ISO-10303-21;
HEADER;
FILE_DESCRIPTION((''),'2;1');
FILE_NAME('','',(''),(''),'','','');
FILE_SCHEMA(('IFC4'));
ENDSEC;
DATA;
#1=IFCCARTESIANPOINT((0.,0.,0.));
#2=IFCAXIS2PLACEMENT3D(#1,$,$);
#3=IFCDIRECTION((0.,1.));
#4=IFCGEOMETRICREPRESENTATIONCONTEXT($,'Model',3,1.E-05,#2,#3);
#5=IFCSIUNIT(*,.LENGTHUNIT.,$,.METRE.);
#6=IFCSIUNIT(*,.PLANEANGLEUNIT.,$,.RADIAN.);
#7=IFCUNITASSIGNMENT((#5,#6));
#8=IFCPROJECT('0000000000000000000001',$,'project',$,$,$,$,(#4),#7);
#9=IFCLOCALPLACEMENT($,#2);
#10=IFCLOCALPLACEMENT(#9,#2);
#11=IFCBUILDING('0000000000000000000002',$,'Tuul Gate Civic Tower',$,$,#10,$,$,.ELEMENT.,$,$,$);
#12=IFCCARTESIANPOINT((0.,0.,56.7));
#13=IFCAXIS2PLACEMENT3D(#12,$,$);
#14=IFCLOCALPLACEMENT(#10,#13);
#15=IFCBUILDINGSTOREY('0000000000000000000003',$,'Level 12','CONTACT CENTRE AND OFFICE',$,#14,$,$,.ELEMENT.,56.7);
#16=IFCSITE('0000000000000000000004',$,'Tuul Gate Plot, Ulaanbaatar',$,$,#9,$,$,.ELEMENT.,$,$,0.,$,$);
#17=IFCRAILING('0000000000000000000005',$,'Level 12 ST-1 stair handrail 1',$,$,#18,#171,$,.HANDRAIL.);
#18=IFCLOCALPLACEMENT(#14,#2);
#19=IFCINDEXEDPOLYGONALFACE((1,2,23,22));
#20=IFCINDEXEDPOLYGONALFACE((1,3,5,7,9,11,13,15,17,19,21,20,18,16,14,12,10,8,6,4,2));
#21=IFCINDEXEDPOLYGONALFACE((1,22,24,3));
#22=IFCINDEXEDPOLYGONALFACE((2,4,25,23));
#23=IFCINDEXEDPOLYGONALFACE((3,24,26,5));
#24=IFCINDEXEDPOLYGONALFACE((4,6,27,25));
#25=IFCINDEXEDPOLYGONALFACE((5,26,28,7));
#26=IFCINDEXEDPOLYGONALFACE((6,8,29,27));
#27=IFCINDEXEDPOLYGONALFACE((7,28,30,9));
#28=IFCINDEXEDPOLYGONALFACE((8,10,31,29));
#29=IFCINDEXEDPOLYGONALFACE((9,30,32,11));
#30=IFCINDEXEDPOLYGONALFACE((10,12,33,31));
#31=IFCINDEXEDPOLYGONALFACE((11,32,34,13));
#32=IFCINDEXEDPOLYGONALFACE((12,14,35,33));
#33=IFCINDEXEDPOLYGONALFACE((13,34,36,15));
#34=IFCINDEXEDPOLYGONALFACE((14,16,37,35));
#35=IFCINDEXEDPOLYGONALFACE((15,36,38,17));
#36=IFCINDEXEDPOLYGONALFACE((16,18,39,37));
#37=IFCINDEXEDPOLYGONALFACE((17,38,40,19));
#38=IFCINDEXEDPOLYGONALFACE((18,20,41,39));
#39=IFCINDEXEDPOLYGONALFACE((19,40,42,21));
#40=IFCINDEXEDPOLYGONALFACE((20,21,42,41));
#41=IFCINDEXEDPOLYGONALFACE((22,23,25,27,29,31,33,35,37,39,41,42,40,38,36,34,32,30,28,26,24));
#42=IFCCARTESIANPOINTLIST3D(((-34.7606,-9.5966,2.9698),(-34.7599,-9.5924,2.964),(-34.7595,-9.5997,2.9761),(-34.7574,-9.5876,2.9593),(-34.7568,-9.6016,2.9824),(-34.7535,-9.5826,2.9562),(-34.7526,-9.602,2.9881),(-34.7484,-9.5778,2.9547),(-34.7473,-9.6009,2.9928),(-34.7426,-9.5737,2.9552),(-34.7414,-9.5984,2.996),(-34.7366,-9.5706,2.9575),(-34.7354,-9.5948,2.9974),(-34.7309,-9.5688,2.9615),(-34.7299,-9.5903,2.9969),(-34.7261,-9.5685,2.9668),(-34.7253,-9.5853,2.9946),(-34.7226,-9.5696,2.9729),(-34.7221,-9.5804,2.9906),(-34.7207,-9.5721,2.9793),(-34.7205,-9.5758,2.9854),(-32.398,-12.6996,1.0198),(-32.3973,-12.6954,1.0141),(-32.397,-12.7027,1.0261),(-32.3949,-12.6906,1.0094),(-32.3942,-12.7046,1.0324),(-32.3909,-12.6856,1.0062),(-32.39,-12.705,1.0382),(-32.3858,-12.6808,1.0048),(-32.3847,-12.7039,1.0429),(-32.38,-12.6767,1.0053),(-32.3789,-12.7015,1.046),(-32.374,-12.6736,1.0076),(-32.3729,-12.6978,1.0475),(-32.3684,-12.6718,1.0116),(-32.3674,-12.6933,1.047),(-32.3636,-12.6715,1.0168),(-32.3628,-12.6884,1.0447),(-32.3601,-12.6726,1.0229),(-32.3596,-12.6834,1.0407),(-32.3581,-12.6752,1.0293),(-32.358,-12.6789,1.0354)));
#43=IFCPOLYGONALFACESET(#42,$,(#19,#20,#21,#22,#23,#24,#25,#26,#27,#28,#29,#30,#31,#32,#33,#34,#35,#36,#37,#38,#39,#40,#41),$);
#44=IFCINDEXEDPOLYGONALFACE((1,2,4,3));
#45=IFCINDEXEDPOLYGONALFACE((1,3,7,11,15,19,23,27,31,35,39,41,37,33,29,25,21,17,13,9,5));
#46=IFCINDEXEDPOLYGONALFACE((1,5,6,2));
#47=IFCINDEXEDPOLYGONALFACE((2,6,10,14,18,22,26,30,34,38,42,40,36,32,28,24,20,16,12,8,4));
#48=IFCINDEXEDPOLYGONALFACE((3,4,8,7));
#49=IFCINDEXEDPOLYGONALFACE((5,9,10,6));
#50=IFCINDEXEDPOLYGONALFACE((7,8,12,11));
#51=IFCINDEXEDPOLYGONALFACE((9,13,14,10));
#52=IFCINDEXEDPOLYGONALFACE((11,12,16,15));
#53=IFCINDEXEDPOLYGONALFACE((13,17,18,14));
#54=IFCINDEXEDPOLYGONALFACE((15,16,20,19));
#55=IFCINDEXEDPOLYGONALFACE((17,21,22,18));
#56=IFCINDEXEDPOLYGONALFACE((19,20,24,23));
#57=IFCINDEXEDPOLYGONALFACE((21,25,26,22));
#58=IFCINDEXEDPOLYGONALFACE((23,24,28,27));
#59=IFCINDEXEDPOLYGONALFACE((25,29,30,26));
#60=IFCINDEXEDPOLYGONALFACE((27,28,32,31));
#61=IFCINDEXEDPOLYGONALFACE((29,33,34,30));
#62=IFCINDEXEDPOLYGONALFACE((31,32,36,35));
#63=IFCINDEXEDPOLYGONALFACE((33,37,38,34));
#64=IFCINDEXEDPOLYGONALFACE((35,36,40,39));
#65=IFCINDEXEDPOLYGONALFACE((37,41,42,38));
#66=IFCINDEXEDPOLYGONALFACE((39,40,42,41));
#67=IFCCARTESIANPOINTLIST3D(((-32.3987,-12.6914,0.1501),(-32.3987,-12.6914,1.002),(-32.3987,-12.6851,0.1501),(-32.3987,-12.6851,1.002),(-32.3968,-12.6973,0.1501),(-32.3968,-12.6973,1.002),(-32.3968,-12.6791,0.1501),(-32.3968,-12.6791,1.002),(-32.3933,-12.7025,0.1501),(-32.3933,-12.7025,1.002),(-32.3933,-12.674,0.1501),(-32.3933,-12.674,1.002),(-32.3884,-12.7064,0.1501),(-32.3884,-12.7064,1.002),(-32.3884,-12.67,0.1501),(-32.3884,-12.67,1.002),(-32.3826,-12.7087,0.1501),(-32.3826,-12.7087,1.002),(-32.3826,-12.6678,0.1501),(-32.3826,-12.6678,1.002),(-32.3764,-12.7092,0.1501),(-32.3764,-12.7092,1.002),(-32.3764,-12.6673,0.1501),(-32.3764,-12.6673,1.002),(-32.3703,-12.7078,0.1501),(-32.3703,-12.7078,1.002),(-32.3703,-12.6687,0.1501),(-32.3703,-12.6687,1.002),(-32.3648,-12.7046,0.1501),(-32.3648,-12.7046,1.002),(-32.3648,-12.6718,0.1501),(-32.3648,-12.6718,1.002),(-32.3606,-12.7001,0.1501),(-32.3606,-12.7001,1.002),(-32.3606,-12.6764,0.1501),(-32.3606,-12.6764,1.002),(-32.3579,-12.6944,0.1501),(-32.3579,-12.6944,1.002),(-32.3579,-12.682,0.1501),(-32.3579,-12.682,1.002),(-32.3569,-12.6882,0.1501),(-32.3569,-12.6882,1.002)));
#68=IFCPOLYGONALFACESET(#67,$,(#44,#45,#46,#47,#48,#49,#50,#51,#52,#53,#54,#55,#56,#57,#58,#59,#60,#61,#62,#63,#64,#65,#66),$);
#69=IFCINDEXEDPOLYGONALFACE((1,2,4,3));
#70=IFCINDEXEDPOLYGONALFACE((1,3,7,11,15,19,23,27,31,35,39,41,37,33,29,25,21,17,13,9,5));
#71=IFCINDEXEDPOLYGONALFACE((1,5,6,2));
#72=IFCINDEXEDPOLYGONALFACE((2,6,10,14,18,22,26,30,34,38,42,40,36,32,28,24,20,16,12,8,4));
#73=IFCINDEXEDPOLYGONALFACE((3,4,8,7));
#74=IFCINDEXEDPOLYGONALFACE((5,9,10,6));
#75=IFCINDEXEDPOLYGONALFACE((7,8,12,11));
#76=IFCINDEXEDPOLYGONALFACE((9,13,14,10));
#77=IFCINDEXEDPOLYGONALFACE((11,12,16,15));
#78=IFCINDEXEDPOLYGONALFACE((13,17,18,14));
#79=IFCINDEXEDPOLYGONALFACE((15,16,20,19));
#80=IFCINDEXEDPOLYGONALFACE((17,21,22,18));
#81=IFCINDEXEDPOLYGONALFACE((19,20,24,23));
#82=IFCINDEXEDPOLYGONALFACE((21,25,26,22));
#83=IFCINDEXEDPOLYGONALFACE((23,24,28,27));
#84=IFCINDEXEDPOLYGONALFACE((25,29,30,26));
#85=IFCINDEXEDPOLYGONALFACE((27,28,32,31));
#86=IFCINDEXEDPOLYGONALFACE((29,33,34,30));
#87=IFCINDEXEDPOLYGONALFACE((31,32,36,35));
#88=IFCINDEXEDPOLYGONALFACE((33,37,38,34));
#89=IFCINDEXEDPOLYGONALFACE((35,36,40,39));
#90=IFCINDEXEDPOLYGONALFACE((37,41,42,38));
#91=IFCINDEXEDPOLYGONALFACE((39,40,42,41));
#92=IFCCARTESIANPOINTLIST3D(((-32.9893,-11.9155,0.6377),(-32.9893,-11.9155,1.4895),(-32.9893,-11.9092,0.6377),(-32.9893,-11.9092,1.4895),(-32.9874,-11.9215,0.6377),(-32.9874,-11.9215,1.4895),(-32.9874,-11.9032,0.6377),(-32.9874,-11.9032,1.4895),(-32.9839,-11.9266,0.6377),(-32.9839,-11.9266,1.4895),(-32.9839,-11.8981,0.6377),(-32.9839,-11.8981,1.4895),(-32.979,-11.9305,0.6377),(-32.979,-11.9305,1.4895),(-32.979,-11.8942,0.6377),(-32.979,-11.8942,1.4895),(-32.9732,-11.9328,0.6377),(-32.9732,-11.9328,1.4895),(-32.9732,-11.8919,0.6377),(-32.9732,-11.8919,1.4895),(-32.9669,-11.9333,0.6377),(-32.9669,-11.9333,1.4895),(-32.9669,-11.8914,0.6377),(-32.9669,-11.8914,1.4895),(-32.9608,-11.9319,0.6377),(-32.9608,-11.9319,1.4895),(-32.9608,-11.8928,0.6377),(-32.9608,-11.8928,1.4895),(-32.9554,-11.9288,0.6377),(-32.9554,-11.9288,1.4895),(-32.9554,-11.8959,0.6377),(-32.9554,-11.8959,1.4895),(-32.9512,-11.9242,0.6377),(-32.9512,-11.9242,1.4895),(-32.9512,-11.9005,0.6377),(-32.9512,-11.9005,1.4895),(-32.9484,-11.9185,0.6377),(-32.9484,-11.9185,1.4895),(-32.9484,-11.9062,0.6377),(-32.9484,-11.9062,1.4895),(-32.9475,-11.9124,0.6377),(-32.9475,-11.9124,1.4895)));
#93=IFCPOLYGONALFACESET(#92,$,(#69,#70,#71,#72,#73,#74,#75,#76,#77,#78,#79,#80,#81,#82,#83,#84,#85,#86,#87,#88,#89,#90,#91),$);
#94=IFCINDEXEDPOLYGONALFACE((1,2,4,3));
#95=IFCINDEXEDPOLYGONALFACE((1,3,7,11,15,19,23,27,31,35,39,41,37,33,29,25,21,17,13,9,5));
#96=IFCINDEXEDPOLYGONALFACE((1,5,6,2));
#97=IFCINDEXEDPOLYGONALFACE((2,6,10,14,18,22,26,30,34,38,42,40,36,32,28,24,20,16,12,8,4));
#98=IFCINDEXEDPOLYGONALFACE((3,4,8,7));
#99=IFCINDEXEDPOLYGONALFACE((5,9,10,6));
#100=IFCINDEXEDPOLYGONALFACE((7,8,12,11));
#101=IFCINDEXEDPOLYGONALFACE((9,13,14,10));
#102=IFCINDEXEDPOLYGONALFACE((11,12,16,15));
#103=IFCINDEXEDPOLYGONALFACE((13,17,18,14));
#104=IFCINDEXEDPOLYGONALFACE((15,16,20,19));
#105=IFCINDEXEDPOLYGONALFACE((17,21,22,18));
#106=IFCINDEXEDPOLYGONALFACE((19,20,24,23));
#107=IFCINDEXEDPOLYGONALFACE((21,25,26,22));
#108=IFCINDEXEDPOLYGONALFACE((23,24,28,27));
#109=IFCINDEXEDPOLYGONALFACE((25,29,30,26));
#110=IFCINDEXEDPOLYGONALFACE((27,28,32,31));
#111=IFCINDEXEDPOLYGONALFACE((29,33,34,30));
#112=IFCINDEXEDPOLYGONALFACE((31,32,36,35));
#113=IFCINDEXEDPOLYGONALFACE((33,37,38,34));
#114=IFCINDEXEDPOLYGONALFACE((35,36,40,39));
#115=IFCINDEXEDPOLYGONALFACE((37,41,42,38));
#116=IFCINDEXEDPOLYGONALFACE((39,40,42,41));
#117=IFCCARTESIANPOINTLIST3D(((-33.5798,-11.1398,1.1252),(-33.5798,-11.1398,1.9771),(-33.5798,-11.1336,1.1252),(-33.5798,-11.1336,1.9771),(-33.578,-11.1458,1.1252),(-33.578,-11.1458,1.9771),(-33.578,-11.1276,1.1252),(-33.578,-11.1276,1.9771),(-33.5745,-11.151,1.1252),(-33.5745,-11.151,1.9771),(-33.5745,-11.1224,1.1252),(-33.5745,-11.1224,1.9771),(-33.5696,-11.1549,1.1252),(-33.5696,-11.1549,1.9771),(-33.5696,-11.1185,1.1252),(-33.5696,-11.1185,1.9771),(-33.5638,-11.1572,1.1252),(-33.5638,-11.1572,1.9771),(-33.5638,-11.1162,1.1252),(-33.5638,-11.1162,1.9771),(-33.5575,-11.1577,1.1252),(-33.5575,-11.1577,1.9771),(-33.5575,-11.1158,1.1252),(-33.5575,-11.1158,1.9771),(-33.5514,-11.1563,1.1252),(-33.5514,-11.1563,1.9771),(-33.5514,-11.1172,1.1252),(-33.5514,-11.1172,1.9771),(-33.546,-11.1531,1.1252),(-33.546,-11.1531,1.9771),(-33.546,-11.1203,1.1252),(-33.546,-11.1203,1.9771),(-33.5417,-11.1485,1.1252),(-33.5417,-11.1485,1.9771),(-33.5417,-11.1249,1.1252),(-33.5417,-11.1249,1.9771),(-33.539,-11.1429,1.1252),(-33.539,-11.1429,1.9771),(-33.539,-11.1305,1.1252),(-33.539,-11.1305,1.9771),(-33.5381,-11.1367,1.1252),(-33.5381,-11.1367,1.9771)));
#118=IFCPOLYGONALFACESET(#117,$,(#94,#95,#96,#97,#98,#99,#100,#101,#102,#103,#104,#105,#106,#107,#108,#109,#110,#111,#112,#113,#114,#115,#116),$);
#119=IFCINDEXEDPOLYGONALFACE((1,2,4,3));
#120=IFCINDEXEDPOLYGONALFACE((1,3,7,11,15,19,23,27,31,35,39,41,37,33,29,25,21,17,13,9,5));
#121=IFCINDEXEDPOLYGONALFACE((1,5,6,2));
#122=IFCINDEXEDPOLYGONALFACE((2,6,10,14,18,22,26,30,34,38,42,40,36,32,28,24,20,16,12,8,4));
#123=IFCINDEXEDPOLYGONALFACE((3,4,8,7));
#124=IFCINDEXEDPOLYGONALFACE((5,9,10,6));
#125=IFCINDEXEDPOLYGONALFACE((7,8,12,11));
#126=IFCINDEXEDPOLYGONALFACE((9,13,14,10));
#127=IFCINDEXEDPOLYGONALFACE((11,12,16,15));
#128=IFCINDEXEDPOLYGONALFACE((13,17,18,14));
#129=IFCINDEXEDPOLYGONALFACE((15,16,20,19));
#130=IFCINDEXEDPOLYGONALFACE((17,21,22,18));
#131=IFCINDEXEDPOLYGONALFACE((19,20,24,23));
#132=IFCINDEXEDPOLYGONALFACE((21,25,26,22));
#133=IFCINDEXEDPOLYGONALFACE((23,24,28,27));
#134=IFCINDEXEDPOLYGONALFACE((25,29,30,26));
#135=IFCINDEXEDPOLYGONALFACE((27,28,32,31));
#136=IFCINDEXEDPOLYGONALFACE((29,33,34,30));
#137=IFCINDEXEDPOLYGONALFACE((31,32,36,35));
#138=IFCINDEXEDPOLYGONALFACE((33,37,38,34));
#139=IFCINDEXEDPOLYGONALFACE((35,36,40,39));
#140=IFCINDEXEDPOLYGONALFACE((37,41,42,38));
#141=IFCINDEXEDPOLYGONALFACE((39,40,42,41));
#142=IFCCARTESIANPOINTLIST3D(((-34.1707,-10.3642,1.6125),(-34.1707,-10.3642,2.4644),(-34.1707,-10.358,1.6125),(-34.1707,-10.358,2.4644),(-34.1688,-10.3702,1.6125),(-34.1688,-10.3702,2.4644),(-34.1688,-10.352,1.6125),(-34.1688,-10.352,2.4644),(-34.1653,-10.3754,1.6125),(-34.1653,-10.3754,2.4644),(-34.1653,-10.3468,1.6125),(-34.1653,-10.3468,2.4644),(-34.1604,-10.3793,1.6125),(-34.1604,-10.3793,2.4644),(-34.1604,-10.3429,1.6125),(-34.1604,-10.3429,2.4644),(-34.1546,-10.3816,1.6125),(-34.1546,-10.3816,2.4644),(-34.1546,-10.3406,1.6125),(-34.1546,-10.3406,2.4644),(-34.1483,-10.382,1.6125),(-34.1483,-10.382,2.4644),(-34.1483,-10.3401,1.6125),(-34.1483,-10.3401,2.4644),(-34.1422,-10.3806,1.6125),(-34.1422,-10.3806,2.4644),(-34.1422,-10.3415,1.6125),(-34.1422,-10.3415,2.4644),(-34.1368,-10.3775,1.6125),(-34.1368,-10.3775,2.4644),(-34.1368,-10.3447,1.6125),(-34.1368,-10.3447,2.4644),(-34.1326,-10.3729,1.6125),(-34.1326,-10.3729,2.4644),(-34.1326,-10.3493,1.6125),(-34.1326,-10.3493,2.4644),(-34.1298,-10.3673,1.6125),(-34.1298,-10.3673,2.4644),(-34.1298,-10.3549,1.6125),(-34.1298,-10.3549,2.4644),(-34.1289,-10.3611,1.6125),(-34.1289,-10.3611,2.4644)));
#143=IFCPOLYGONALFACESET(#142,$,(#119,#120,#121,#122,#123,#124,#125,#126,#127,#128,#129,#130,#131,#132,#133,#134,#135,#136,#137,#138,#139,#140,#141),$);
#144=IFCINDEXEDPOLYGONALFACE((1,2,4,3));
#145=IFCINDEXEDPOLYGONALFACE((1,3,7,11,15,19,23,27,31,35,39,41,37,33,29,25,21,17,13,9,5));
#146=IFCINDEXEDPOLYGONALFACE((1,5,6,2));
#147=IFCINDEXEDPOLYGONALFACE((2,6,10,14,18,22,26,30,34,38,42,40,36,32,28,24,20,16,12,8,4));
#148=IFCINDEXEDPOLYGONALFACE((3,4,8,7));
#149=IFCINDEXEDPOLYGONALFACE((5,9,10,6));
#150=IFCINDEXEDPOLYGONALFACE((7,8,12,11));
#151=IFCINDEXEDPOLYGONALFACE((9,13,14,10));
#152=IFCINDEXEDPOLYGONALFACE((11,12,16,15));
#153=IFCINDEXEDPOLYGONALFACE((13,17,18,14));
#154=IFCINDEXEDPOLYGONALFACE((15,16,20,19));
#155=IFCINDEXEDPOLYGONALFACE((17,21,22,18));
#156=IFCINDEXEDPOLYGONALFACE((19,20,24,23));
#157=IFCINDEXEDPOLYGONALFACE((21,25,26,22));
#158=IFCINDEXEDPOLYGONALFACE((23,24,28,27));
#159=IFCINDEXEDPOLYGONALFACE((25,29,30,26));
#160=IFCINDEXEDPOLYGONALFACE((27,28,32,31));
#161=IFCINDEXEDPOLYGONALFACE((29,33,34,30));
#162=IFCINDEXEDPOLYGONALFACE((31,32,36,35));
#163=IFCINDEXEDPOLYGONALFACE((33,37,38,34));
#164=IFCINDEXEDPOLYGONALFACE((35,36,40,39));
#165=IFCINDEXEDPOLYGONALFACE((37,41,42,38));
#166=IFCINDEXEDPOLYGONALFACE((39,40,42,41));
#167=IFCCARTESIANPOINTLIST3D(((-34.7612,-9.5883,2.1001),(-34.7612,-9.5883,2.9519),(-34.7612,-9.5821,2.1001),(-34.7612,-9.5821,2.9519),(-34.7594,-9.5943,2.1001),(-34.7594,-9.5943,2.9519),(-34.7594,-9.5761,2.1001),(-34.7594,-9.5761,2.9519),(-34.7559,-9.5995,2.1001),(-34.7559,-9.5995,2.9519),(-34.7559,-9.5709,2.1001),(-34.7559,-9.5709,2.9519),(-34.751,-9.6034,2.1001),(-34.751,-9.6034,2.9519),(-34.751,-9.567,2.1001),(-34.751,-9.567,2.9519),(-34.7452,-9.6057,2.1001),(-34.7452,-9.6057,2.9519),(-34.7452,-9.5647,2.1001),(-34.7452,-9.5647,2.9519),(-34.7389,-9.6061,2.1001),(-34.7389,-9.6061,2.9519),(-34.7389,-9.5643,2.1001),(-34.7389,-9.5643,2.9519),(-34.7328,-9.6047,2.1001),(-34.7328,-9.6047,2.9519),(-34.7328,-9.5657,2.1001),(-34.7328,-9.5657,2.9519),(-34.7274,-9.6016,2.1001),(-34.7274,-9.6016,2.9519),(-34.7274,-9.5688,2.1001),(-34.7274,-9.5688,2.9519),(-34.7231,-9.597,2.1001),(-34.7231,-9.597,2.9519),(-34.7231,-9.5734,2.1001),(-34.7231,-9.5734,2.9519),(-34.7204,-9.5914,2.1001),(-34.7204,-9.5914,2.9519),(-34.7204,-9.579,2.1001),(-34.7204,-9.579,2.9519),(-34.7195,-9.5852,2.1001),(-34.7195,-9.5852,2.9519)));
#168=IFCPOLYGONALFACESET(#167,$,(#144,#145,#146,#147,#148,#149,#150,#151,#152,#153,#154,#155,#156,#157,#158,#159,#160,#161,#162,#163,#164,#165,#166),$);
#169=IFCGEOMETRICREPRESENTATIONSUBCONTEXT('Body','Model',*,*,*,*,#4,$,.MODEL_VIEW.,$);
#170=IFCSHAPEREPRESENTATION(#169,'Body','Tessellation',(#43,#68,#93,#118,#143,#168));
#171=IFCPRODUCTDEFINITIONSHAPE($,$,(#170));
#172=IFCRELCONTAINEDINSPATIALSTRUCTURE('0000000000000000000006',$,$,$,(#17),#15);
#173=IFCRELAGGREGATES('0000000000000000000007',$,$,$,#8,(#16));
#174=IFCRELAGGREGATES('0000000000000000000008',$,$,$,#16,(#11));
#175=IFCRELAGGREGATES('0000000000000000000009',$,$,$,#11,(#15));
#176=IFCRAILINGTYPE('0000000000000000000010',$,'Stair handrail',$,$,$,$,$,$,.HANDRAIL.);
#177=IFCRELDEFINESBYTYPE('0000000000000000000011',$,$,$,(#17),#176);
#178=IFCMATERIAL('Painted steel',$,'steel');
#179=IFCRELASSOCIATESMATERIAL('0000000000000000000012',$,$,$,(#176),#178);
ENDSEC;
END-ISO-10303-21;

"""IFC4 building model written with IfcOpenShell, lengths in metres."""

from ifc_helpers import new_model, si_unit, direction, frame, origin, origin_2d, place, context, subcontext, project, spatial, circle, extrude, material, type_object, element, save


model = new_model("IFC4")

# Units and contexts
model_context = context("Model", 3, precision=1e-05, world=origin(), true_north=direction((0.0, 1.0)))
body_context = subcontext(model_context, "Body", "Model", "MODEL_VIEW")
ifc_project = project(units=[si_unit("LENGTHUNIT", "METRE"), si_unit("PLANEANGLEUNIT", "RADIAN")], contexts=[model_context])

# Site, building, storey
site_placement = place(None, origin())
site = spatial("IfcSite", under=ifc_project, at=site_placement, Name="Tuul Gate Plot, Ulaanbaatar", CompositionType="ELEMENT", RefElevation=0.0)
building_placement = place(site_placement, origin())
building = spatial("IfcBuilding", under=site, at=building_placement, Name="Tuul Gate Civic Tower", CompositionType="ELEMENT")
storey_placement = place(building_placement, frame((0.0, 0.0, 56.7)))
storey = spatial("IfcBuildingStorey", under=building, at=storey_placement, Name="Level 12", Description="CONTACT CENTRE AND OFFICE", CompositionType="ELEMENT", Elevation=56.7)

# Railing
ifc_material_1 = material(Name="Painted steel", Category="steel")
railing_type_1 = type_object("IfcRailingType", Name="Stair handrail", PredefinedType="HANDRAIL", material=ifc_material_1)
railing_1_placement = place(storey_placement, frame((-32.3779, -12.6882, 0.1501)))
element("IfcRailing", 1, at=railing_1_placement, inside=storey, type_object=railing_type_1, Name="Level 12 ST-1 stair handrail 1", PredefinedType="HANDRAIL", context=body_context, shape_type="SweptSolid", body=[
    extrude(circle(Radius=0.0239, at=origin_2d()), frame((0.0, 0.0, 0.876), z_axis=(-0.541824, 0.711645, 0.4472), x_axis=(-0.795637, -0.605773, 0.0)), (0.0, 0.0, 1.0), 4.3604),
    extrude(circle(Radius=0.021, at=origin_2d()), origin(), (0.0, 0.0, 1.0), 0.8518),
    extrude(circle(Radius=0.021, at=origin_2d()), frame((-0.5906, 0.7759, 0.4875)), (0.0, 0.0, 1.0), 0.8518),
    extrude(circle(Radius=0.021, at=origin_2d()), frame((-1.1812, 1.5515, 0.9751)), (0.0, 0.0, 1.0), 0.8518),
    extrude(circle(Radius=0.021, at=origin_2d()), frame((-1.772, 2.3271, 1.4624)), (0.0, 0.0, 1.0), 0.8518),
    extrude(circle(Radius=0.021, at=origin_2d()), frame((-2.3625, 3.103, 1.95)), (0.0, 0.0, 1.0), 0.8518),
])

save(model, "model.ifc")
